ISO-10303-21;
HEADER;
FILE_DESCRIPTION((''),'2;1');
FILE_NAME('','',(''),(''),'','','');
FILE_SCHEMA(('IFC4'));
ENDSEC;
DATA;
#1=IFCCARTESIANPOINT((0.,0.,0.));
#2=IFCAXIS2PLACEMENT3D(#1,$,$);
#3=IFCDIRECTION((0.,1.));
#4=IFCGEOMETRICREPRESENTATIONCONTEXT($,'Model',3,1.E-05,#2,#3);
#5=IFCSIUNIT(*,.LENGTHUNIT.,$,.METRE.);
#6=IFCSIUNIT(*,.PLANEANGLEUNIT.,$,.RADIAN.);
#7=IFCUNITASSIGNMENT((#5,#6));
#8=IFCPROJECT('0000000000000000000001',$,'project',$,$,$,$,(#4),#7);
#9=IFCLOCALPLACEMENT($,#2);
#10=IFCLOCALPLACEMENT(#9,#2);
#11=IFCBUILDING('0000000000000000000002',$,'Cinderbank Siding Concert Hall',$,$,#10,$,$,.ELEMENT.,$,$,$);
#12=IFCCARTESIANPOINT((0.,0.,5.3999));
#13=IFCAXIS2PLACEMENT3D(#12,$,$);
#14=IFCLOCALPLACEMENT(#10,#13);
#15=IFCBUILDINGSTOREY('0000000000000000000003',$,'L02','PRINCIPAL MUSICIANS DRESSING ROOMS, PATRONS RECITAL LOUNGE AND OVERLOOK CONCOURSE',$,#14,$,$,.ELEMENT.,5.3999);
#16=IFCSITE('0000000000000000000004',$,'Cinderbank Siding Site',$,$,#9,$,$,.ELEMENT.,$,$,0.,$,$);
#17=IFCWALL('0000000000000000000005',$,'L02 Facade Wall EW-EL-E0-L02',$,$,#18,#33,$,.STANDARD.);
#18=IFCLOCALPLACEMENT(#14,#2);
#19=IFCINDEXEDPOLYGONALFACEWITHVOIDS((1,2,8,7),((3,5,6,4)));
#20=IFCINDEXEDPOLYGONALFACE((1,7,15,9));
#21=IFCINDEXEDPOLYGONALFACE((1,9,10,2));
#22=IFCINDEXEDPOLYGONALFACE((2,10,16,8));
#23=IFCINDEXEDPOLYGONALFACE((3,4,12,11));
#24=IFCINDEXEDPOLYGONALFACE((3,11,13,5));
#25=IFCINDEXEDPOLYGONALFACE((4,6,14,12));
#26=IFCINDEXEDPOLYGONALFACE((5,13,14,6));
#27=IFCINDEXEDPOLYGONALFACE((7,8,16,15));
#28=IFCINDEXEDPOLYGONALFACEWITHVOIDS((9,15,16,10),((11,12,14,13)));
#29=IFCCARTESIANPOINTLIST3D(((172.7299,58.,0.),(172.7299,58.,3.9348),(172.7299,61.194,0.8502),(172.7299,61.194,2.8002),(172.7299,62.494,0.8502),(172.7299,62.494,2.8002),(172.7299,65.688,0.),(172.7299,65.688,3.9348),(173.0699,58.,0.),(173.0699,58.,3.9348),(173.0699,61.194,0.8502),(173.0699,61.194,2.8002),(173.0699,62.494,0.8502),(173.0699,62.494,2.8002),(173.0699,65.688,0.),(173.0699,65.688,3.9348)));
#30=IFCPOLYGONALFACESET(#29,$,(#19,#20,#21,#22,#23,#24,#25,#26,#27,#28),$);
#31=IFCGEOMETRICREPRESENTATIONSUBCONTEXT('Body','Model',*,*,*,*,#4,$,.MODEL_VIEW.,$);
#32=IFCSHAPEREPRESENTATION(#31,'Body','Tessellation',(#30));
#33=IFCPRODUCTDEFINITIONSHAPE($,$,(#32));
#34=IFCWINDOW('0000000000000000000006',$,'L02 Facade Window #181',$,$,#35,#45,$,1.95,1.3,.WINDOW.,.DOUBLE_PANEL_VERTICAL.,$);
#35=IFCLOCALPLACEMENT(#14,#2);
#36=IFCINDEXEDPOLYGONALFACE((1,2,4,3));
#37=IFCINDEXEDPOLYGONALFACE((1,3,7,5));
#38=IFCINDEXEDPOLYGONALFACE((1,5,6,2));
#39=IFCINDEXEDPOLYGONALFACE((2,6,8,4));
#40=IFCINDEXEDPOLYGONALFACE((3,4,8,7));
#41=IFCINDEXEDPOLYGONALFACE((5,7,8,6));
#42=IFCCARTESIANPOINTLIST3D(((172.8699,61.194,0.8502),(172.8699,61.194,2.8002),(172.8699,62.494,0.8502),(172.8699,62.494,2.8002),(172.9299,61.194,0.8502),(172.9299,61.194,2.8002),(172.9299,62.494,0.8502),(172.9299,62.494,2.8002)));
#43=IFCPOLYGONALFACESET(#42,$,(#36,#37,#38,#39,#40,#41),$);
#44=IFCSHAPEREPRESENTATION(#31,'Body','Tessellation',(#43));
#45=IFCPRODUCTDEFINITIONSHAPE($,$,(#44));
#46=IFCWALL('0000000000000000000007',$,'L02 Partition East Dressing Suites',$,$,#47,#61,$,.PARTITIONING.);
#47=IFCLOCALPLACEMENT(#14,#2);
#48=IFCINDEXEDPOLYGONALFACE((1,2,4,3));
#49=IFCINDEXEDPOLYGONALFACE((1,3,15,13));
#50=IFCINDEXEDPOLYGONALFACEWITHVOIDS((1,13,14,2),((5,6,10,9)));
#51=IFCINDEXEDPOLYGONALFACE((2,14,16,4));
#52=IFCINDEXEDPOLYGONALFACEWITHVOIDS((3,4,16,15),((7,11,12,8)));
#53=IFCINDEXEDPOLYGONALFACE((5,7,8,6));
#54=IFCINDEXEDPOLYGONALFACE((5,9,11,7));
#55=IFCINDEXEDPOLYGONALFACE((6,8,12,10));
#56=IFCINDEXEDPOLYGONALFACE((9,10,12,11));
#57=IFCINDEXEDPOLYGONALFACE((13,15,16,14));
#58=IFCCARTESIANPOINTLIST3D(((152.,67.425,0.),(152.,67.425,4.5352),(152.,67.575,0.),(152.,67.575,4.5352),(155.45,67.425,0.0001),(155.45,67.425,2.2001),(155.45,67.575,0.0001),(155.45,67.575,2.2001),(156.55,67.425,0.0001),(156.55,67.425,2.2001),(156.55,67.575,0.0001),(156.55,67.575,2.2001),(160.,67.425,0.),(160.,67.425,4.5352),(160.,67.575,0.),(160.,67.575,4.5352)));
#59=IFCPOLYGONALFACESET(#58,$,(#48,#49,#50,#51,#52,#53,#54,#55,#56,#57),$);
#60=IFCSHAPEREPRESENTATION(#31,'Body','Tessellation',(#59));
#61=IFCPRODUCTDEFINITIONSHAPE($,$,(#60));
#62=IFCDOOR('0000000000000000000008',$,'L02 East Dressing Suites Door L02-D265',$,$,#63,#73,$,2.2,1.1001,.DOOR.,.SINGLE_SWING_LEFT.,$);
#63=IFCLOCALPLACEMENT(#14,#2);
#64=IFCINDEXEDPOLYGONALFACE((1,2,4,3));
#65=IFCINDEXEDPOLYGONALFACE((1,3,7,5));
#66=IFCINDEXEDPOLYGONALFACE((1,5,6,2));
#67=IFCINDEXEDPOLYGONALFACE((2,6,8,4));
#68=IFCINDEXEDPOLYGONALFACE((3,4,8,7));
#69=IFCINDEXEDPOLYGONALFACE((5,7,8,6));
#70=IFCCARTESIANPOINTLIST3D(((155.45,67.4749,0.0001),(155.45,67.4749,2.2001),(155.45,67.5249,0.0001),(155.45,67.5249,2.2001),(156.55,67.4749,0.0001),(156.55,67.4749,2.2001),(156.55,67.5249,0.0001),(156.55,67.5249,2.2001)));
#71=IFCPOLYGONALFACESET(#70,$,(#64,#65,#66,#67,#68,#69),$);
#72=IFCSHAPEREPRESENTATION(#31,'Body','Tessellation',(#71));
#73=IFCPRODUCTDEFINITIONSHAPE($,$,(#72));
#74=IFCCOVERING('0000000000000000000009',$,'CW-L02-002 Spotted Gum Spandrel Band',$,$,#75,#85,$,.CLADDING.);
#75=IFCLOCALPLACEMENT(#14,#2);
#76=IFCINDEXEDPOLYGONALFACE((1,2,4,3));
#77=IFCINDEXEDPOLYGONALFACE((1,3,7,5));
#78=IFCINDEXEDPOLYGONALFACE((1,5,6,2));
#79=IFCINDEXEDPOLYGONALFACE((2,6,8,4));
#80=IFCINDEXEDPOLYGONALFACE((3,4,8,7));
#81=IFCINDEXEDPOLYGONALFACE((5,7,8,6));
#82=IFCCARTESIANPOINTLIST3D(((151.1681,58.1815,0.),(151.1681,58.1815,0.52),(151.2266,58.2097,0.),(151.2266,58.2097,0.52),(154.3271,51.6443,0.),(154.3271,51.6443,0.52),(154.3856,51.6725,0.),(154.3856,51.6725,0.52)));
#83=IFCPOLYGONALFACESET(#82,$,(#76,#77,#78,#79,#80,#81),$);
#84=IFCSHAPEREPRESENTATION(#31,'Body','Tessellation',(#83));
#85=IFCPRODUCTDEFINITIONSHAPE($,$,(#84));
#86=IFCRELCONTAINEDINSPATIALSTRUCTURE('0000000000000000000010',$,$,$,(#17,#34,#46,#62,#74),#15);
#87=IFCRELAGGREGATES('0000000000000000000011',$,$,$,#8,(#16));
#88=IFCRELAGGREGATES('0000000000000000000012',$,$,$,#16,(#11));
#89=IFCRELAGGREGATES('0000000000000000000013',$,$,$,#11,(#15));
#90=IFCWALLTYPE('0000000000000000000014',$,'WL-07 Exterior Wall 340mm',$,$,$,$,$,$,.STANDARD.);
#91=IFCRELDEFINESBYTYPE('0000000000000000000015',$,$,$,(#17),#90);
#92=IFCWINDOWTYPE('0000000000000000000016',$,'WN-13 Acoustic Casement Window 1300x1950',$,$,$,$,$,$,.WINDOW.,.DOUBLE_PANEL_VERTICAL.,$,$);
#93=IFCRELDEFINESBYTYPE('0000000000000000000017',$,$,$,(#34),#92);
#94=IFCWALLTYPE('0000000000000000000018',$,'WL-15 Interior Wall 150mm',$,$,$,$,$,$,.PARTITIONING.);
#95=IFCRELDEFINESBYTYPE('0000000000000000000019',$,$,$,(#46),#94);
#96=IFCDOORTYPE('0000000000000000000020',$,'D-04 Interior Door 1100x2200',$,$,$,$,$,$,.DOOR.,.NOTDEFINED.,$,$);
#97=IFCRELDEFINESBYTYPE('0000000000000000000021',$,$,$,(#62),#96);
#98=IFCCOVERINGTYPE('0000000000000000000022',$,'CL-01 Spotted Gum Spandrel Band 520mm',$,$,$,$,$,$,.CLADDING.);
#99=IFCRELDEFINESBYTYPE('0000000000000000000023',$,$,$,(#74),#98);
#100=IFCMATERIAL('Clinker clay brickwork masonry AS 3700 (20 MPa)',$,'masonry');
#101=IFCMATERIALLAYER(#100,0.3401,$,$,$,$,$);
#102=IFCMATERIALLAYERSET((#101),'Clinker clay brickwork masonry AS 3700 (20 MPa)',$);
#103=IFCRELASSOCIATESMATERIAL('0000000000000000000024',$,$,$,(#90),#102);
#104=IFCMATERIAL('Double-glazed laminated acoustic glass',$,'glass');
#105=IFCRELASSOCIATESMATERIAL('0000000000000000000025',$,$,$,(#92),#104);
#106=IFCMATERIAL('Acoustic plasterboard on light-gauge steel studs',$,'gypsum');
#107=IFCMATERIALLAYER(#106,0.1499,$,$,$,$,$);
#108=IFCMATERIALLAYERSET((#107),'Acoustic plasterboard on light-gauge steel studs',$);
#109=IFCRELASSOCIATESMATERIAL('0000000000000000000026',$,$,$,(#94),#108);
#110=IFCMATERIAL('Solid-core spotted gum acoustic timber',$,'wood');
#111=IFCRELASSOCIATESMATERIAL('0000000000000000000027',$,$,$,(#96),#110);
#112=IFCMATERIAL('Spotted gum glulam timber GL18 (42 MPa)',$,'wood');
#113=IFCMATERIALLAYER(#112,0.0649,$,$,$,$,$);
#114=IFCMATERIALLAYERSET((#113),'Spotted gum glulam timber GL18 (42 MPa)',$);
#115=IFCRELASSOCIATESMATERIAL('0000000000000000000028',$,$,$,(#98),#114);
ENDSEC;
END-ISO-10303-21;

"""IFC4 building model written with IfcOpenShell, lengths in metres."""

from ifc_helpers import new_model, si_unit, direction, frame, frame_2d, origin, origin_2d, place, context, subcontext, project, spatial, rectangle, extrude, material, layer, layer_set, type_object, element, fill, save


model = new_model("IFC4")

# Units and contexts
model_context = context("Model", 3, precision=1e-05, world=origin(), true_north=direction((0.0, 1.0)))
body_context = subcontext(model_context, "Body", "Model", "MODEL_VIEW")
ifc_project = project(units=[si_unit("LENGTHUNIT", "METRE"), si_unit("PLANEANGLEUNIT", "RADIAN")], contexts=[model_context])

# Site, building, storey
site_placement = place(None, origin())
site = spatial("IfcSite", under=ifc_project, at=site_placement, Name="Cinderbank Siding Site", CompositionType="ELEMENT", RefElevation=0.0)
building_placement = place(site_placement, origin())
building = spatial("IfcBuilding", under=site, at=building_placement, Name="Cinderbank Siding Concert Hall", CompositionType="ELEMENT")
storey_placement = place(building_placement, frame((0.0, 0.0, 5.3999)))
storey = spatial("IfcBuildingStorey", under=building, at=storey_placement, Name="L02", Description="PRINCIPAL MUSICIANS DRESSING ROOMS, PATRONS RECITAL LOUNGE AND OVERLOOK CONCOURSE", CompositionType="ELEMENT", Elevation=5.3999)

# Shared definitions
ifc_material_1 = material(Name="Double-glazed laminated acoustic glass", Category="glass")

# Wall, opening, window
ifc_material_2 = material(Name="Clinker clay brickwork masonry AS 3700 (20 MPa)", Category="masonry")
ifc_layer_1 = layer(ifc_material_2, 0.3401)
ifc_layer_set_1 = layer_set([ifc_layer_1], Name="Clinker clay brickwork masonry AS 3700 (20 MPa)")
wall_type_1 = type_object("IfcWallType", Name="WL-07 Exterior Wall 340mm", PredefinedType="STANDARD", material=ifc_layer_set_1)
wall_1_placement = place(storey_placement, frame((172.8999, 65.688, 0.0), z_axis=(0.0, 0.0, 1.0), x_axis=(0.0, -1.0, 0.0)))
wall_1 = element("IfcWall", 1, at=wall_1_placement, inside=storey, type_object=wall_type_1, Name="L02 Facade Wall EW-EL-E0-L02", PredefinedType="STANDARD", context=body_context, shape_type="SweptSolid", body=[
    extrude(rectangle(XDim=7.688, YDim=0.3401, at=frame_2d((3.844, 0.0))), origin(), (0.0, 0.0, 1.0), 3.9348),
])
opening_1_placement = place(wall_1_placement, frame((3.1941, 0.0, 0.8501)))
opening_1 = element("IfcOpeningElement", 2, at=opening_1_placement, cuts=wall_1, PredefinedType="OPENING", context=body_context, shape_type="SweptSolid", body=[
    extrude(rectangle(XDim=1.3, YDim=1.95, at=frame_2d((0.6499, 0.9751))), frame((0.0, 0.1821, 0.0), z_axis=(0.0, -1.0, 0.0), x_axis=(1.0, 0.0, 0.0)), (0.0, 0.0, 1.0), 0.364),
])
window_type = type_object("IfcWindowType", Name="WN-13 Acoustic Casement Window 1300x1950", PartitioningType="DOUBLE_PANEL_VERTICAL", PredefinedType="WINDOW", material=ifc_material_1)
window_placement = place(opening_1_placement, origin())
window = element("IfcWindow", 3, at=window_placement, inside=storey, type_object=window_type, Name="L02 Facade Window #181", OverallHeight=1.95, OverallWidth=1.3, PartitioningType="DOUBLE_PANEL_VERTICAL", PredefinedType="WINDOW", context=body_context, shape_type="SweptSolid", body=[
    extrude(rectangle(XDim=1.3, YDim=1.95, at=frame_2d((0.6499, 0.9751))), frame((0.0, 0.03, 0.0), z_axis=(0.0, -1.0, 0.0), x_axis=(1.0, 0.0, 0.0)), (0.0, 0.0, 1.0), 0.0601),
])
fill(opening_1, window)

# Wall, opening, door
ifc_material_3 = material(Name="Acoustic plasterboard on light-gauge steel studs", Category="gypsum")
ifc_layer_2 = layer(ifc_material_3, 0.1499)
ifc_layer_set_2 = layer_set([ifc_layer_2], Name="Acoustic plasterboard on light-gauge steel studs")
wall_type_2 = type_object("IfcWallType", Name="WL-15 Interior Wall 150mm", PredefinedType="PARTITIONING", material=ifc_layer_set_2)
wall_2_placement = place(storey_placement, frame((152.0, 67.5, 0.0), z_axis=(0.0, 0.0, 1.0), x_axis=(1.0, 0.0, 0.0)))
wall_2 = element("IfcWall", 4, at=wall_2_placement, inside=storey, type_object=wall_type_2, Name="L02 Partition East Dressing Suites", PredefinedType="PARTITIONING", context=body_context, shape_type="SweptSolid", body=[
    extrude(rectangle(XDim=8.0, YDim=0.1499, at=frame_2d((4.0, 0.0))), origin(), (0.0, 0.0, 1.0), 4.5352),
])
opening_2_placement = place(wall_2_placement, frame((3.45, 0.0, 0.0)))
opening_2 = element("IfcOpeningElement", 5, at=opening_2_placement, cuts=wall_2, PredefinedType="OPENING", context=body_context, shape_type="SweptSolid", body=[
    extrude(rectangle(XDim=1.1001, YDim=2.2, at=frame_2d((0.55, 1.1001))), frame((0.0, 0.0869, 0.0), z_axis=(0.0, -1.0, 0.0), x_axis=(1.0, 0.0, 0.0)), (0.0, 0.0, 1.0), 0.1738),
])
ifc_material_4 = material(Name="Solid-core spotted gum acoustic timber", Category="wood")
door_type_1 = type_object("IfcDoorType", Name="D-04 Interior Door 1100x2200", OperationType="NOTDEFINED", PredefinedType="DOOR", material=ifc_material_4)
door_1_placement = place(opening_2_placement, origin())
door_1 = element("IfcDoor", 6, at=door_1_placement, inside=storey, type_object=door_type_1, Name="L02 East Dressing Suites Door L02-D265", OperationType="SINGLE_SWING_LEFT", OverallHeight=2.2, OverallWidth=1.1001, PredefinedType="DOOR", context=body_context, shape_type="SweptSolid", body=[
    extrude(rectangle(XDim=1.1001, YDim=2.2, at=frame_2d((0.55, 1.1001))), frame((0.0, 0.0249, 0.0), z_axis=(0.0, -1.0, 0.0), x_axis=(1.0, 0.0, 0.0)), (0.0, 0.0, 1.0), 0.05),
])
fill(opening_2, door_1)

# Covering
ifc_material_5 = material(Name="Spotted gum glulam timber GL18 (42 MPa)", Category="wood")
ifc_layer_3 = layer(ifc_material_5, 0.0649)
ifc_layer_set_3 = layer_set([ifc_layer_3], Name="Spotted gum glulam timber GL18 (42 MPa)")
covering_type = type_object("IfcCoveringType", Name="CL-01 Spotted Gum Spandrel Band 520mm", PredefinedType="CLADDING", material=ifc_layer_set_3)
covering_placement = place(storey_placement, frame((152.7769, 54.927, 0.0), z_axis=(0.0, 0.0, 1.0), x_axis=(-0.435102, 0.900381, 0.0)))
element("IfcCovering", 7, at=covering_placement, inside=storey, type_object=covering_type, Name="CW-L02-002 Spotted Gum Spandrel Band", PredefinedType="CLADDING", context=body_context, shape_type="SweptSolid", body=[
    extrude(rectangle(XDim=7.2605, YDim=0.0649, at=origin_2d()), origin(), (0.0, 0.0, 1.0), 0.52),
])

save(model, "model.ifc")
